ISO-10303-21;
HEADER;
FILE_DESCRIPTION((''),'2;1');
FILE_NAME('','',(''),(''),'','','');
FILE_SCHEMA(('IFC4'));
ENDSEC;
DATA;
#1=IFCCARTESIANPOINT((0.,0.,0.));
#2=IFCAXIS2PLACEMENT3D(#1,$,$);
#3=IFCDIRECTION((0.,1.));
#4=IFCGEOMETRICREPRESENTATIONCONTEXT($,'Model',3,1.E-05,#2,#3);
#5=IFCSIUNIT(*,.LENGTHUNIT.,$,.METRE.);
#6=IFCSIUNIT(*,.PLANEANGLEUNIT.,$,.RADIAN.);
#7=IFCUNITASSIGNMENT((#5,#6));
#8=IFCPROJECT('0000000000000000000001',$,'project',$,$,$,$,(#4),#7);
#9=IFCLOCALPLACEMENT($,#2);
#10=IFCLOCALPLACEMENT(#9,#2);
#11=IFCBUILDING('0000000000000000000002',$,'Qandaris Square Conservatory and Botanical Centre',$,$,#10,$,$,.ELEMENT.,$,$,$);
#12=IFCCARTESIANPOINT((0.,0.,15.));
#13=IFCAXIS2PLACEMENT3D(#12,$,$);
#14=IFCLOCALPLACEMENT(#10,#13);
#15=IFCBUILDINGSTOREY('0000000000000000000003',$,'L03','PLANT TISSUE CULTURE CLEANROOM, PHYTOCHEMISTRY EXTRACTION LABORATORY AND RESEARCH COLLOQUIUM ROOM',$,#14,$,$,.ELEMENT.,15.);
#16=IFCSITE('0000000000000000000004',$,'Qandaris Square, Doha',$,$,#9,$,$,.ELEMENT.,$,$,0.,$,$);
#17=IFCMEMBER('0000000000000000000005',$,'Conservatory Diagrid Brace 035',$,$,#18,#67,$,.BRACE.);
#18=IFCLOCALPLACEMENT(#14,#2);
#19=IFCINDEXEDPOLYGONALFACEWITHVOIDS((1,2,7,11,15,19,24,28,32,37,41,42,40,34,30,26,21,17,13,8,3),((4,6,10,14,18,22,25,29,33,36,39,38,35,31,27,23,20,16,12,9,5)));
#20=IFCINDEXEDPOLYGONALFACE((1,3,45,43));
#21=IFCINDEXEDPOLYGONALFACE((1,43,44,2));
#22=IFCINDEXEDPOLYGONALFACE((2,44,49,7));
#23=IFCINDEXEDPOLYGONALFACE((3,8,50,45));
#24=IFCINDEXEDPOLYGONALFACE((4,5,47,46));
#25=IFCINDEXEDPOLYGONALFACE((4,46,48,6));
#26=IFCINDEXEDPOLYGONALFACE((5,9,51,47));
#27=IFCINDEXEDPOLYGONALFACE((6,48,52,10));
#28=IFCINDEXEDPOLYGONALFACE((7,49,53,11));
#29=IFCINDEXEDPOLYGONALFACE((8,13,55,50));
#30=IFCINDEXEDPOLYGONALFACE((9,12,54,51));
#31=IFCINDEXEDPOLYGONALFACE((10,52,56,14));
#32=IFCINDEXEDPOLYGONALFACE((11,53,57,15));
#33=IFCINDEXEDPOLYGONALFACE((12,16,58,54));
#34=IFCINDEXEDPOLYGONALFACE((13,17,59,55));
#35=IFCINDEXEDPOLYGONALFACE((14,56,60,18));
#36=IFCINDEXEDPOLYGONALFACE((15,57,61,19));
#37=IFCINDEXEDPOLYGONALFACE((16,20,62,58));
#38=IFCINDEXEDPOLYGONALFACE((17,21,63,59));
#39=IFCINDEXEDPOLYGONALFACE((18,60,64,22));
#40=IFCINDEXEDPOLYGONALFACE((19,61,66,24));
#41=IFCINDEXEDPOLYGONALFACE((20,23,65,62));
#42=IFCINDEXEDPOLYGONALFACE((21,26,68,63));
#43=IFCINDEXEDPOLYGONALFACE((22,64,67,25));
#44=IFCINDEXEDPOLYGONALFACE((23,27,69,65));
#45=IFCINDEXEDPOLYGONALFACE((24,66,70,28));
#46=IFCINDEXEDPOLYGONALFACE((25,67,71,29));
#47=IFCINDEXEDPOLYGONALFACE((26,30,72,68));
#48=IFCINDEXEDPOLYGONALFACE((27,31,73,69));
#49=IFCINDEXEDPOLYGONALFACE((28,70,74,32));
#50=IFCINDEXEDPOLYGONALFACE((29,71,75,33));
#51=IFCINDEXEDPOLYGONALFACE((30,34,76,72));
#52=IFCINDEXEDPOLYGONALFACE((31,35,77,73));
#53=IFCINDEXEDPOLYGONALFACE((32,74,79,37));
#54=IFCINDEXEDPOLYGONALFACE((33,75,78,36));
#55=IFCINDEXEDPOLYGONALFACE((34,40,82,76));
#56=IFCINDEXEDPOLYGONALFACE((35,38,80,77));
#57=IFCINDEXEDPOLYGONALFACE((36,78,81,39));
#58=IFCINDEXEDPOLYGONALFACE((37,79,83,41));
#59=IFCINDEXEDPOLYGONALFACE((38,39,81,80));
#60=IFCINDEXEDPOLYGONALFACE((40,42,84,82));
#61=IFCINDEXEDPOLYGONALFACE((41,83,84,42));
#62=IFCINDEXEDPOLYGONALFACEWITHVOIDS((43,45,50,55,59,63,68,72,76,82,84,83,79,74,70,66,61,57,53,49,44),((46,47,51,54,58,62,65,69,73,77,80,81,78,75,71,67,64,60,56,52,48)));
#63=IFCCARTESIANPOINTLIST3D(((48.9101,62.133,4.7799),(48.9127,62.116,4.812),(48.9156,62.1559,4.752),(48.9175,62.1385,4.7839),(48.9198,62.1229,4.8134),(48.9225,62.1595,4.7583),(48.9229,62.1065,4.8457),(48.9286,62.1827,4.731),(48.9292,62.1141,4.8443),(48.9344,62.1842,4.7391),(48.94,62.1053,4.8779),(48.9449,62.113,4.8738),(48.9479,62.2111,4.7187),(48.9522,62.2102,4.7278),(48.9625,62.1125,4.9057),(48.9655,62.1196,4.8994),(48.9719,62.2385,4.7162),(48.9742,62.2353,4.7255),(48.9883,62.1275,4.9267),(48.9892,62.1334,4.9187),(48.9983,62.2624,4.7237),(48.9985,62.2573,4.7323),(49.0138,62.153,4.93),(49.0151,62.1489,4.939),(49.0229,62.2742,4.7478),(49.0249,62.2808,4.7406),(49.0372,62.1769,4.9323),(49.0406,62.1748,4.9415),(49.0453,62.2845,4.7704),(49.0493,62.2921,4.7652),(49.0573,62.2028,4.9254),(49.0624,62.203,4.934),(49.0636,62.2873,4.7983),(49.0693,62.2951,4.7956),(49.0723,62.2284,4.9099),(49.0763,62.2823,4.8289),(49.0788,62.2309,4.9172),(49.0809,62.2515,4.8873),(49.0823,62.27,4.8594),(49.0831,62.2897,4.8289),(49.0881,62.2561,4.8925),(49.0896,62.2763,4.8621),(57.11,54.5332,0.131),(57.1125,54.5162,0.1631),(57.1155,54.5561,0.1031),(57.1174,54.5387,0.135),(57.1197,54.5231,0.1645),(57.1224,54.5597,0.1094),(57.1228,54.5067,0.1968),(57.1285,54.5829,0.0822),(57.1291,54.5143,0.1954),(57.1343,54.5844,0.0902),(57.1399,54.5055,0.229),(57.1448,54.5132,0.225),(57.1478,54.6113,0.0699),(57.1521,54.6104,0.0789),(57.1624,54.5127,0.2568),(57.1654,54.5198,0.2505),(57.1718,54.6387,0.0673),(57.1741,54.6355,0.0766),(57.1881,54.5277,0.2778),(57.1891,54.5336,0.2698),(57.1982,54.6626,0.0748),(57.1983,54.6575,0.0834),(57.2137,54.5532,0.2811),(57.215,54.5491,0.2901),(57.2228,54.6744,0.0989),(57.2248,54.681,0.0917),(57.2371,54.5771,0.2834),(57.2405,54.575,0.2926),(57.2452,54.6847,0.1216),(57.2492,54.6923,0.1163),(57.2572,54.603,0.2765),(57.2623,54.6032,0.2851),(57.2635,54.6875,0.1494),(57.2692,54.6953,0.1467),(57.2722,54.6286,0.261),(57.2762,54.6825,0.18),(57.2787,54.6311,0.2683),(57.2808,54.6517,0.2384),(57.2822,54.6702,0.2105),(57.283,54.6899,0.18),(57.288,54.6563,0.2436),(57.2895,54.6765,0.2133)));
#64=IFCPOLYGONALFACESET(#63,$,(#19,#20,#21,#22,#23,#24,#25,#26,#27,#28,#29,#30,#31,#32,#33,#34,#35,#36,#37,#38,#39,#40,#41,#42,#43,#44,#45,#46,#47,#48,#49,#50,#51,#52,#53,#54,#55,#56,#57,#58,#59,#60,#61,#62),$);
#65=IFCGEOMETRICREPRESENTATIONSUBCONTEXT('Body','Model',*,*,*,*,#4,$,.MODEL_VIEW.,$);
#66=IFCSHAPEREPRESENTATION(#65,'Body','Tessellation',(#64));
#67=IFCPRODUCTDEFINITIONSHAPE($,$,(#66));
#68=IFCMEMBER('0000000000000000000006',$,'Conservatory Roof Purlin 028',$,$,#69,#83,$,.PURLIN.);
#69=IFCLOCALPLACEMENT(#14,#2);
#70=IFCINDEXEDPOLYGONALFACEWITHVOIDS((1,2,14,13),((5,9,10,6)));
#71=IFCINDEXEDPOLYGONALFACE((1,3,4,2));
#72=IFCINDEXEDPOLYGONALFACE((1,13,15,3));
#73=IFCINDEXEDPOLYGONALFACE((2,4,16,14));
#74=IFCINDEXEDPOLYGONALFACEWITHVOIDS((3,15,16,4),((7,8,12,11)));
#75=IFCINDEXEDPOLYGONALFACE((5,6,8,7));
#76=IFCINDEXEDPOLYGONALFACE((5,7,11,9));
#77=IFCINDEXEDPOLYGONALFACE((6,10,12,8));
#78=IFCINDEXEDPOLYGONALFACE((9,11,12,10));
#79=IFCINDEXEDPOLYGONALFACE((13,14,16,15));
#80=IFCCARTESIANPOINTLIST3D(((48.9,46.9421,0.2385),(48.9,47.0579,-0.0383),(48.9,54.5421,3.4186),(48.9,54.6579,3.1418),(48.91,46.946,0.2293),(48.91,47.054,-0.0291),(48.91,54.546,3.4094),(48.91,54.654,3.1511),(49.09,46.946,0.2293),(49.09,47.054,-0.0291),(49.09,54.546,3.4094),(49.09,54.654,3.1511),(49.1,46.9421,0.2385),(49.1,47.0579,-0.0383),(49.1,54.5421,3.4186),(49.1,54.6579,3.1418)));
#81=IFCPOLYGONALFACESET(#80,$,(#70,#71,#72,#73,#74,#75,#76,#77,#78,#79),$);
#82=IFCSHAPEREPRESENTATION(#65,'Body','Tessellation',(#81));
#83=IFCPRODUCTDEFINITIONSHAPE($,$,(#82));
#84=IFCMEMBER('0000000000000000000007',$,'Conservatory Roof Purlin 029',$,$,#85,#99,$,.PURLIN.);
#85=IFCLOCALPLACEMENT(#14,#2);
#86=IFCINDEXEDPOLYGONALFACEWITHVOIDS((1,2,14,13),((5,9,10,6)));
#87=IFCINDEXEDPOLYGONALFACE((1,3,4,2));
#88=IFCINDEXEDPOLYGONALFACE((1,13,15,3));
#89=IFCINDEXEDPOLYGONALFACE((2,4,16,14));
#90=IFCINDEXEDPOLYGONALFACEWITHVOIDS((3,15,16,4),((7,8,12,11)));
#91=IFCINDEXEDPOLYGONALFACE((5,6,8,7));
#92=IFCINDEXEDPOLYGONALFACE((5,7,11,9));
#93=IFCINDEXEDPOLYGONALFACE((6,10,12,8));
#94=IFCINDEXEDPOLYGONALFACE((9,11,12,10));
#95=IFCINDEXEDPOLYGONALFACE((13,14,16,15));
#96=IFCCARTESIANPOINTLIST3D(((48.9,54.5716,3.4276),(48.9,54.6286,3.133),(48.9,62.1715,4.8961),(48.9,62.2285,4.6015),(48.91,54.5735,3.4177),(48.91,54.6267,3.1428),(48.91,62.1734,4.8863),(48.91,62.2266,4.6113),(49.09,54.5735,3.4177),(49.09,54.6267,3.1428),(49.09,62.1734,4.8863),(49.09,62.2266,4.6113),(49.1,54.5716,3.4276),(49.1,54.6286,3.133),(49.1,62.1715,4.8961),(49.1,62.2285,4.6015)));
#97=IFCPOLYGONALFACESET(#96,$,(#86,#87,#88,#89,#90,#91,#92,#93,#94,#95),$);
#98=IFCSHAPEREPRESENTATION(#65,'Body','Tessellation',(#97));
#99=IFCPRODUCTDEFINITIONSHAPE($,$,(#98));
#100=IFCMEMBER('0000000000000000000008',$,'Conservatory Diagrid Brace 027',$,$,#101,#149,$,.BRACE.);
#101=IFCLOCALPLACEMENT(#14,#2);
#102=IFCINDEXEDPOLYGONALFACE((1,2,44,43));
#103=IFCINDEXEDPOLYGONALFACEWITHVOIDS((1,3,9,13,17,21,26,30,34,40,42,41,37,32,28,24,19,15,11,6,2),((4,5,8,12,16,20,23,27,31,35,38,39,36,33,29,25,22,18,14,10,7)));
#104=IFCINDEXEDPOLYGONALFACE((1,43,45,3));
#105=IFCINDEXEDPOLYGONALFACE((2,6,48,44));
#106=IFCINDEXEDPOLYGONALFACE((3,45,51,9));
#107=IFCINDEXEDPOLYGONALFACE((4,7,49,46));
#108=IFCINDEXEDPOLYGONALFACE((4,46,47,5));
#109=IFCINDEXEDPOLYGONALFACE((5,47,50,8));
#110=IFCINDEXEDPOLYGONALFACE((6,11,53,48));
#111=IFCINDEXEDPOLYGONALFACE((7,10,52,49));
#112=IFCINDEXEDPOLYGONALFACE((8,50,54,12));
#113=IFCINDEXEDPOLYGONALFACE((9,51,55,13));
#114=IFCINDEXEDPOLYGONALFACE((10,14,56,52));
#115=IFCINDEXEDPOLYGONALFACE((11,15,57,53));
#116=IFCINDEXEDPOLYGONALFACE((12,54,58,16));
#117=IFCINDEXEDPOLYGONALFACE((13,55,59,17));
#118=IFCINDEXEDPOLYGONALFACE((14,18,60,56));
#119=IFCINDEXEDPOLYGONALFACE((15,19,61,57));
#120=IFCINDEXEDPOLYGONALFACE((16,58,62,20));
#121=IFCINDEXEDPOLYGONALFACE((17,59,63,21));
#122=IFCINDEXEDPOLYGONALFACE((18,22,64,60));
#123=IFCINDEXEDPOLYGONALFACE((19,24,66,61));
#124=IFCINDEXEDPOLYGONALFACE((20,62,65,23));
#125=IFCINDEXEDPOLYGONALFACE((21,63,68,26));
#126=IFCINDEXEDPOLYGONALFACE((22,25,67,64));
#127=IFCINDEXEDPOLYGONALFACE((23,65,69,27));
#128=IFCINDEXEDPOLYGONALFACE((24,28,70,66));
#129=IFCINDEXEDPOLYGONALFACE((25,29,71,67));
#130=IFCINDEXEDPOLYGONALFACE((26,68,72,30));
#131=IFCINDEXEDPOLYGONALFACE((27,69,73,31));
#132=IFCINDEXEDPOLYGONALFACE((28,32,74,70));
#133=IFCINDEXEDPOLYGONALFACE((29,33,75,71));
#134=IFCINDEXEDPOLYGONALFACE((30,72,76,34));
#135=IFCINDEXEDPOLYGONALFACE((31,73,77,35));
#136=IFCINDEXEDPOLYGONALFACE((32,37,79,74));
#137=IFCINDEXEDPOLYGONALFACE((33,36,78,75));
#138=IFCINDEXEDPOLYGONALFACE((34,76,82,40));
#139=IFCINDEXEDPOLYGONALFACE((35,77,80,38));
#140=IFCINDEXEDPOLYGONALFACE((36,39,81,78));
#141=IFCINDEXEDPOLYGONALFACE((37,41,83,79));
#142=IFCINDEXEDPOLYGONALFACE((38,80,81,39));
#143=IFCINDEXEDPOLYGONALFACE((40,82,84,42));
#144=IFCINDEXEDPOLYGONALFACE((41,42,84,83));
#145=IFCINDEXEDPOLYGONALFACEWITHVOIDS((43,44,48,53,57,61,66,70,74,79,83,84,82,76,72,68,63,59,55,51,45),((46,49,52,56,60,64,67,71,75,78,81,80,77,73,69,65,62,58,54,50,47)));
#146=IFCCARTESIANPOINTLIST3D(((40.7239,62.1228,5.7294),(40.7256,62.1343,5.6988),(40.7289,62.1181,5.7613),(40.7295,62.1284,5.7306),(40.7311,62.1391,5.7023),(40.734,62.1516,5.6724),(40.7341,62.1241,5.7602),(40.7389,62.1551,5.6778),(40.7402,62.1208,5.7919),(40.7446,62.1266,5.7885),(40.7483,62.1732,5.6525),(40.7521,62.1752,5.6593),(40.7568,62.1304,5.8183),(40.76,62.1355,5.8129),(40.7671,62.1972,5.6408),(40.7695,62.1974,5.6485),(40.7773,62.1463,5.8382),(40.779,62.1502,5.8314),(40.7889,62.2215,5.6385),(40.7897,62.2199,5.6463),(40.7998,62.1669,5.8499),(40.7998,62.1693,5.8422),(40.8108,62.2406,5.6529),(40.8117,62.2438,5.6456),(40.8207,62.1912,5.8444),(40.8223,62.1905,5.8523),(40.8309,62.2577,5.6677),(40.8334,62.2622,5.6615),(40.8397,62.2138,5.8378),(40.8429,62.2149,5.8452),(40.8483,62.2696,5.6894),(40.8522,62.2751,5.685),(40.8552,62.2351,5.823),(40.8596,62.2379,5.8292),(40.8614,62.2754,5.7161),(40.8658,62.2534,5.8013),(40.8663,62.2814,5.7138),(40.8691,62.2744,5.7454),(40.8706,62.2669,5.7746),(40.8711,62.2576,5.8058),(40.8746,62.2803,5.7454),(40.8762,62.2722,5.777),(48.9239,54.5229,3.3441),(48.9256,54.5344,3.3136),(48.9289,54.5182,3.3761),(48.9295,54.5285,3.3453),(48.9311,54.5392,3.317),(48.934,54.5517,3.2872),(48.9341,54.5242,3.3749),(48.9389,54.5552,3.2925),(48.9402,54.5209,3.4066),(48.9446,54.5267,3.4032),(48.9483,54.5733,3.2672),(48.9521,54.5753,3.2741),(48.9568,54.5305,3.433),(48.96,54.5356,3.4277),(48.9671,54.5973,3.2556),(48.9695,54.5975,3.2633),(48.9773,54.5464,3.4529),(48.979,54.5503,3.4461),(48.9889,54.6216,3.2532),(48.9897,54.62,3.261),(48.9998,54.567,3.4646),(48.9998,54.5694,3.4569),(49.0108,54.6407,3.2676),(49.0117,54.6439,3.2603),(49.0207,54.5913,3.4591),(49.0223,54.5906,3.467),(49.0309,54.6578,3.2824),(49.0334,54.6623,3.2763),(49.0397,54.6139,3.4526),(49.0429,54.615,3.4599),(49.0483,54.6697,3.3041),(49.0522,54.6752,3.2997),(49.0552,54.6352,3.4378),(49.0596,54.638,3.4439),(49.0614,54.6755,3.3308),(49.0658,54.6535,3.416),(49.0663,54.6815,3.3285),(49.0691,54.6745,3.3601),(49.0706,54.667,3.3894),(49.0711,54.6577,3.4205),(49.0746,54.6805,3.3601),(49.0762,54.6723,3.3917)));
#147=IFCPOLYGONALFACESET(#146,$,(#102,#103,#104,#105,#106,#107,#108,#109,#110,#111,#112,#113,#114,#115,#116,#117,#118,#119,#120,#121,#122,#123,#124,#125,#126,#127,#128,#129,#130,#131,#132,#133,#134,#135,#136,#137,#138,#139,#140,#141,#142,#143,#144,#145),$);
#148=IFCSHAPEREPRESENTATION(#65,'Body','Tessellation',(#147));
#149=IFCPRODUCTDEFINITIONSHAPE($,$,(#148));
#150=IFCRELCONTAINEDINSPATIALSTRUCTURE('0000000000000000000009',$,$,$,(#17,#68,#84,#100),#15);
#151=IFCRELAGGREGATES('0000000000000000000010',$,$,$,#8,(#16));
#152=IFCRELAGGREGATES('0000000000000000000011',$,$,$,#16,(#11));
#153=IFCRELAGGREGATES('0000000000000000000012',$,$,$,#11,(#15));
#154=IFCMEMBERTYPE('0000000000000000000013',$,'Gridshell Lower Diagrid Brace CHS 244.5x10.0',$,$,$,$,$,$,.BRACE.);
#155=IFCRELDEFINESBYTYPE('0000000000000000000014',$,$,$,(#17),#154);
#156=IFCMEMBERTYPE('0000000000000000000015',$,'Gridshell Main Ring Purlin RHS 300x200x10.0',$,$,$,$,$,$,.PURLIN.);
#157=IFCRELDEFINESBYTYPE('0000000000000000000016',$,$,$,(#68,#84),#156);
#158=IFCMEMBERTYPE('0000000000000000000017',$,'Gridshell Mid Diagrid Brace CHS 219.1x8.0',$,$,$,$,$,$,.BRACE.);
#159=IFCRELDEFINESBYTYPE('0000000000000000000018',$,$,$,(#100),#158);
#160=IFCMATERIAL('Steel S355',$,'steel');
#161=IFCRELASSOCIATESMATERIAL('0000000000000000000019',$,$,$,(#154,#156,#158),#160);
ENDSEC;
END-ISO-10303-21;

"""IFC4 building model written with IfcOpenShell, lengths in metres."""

from ifc_helpers import new_model, si_unit, direction, frame, origin, origin_2d, place, context, subcontext, project, spatial, hollow_rectangle, hollow_circle, extrude, material, material_profile, profile_set, type_object, element, save


model = new_model("IFC4")

# Units and contexts
model_context = context("Model", 3, precision=1e-05, world=origin(), true_north=direction((0.0, 1.0)))
body_context = subcontext(model_context, "Body", "Model", "MODEL_VIEW")
ifc_project = project(units=[si_unit("LENGTHUNIT", "METRE"), si_unit("PLANEANGLEUNIT", "RADIAN")], contexts=[model_context])

# Site, building, storey
site_placement = place(None, origin())
site = spatial("IfcSite", under=ifc_project, at=site_placement, Name="Qandaris Square, Doha", CompositionType="ELEMENT", RefElevation=0.0)
building_placement = place(site_placement, origin())
building = spatial("IfcBuilding", under=site, at=building_placement, Name="Qandaris Square Conservatory and Botanical Centre", CompositionType="ELEMENT")
storey_placement = place(building_placement, frame((0.0, 0.0, 15.0)))
storey = spatial("IfcBuildingStorey", under=building, at=storey_placement, Name="L03", Description="PLANT TISSUE CULTURE CLEANROOM, PHYTOCHEMISTRY EXTRACTION LABORATORY AND RESEARCH COLLOQUIUM ROOM", CompositionType="ELEMENT", Elevation=15.0)

# Members
ifc_material_1 = material(Name="Steel S355", Category="steel")
ifc_material_profile_1 = material_profile(ifc_material_1, hollow_circle(Radius=0.1223, WallThickness=0.01, at=origin_2d()), Name="CHS 244.5x10.0")
ifc_profile_set_1 = profile_set([ifc_material_profile_1], Name="Steel S355")
member_type_1 = type_object("IfcMemberType", Name="Gridshell Lower Diagrid Brace CHS 244.5x10.0", PredefinedType="BRACE", material=ifc_profile_set_1)
member_1_placement = place(storey_placement, frame((49.0, 62.2, 4.8289), z_axis=(0.677221, -0.62766, -0.383947), x_axis=(0.67976, 0.733435, 0.0)))
element("IfcMember", 1, at=member_1_placement, inside=storey, type_object=member_type_1, Name="Conservatory Diagrid Brace 035", PredefinedType="BRACE", context=body_context, shape_type="SweptSolid", body=[
    extrude(hollow_circle(Radius=0.1223, WallThickness=0.01, at=origin_2d()), origin(), (0.0, 0.0, 1.0), 12.1082),
])
ifc_material_profile_2 = material_profile(ifc_material_1, hollow_rectangle(XDim=0.2, YDim=0.3, WallThickness=0.01, at=origin_2d()), Name="RHS 300x200x10.0")
ifc_profile_set_2 = profile_set([ifc_material_profile_2], Name="Steel S355")
member_type_2 = type_object("IfcMemberType", Name="Gridshell Main Ring Purlin RHS 300x200x10.0", PredefinedType="PURLIN", material=ifc_profile_set_2)
member_2_placement = place(storey_placement, frame((49.0, 47.0, 0.1001), z_axis=(0.0, 0.922495, 0.386008), x_axis=(-1.0, 0.0, 0.0)))
element("IfcMember", 2, at=member_2_placement, inside=storey, type_object=member_type_2, Name="Conservatory Roof Purlin 028", PredefinedType="PURLIN", context=body_context, shape_type="SweptSolid", body=[
    extrude(hollow_rectangle(XDim=0.2, YDim=0.3, WallThickness=0.01, at=origin_2d()), origin(), (0.0, 0.0, 1.0), 8.2385),
])
member_3_placement = place(storey_placement, frame((49.0, 54.6001, 3.2803), z_axis=(0.0, 0.981838, 0.189719), x_axis=(-1.0, 0.0, 0.0)))
element("IfcMember", 3, at=member_3_placement, inside=storey, type_object=member_type_2, Name="Conservatory Roof Purlin 029", PredefinedType="PURLIN", context=body_context, shape_type="SweptSolid", body=[
    extrude(hollow_rectangle(XDim=0.2, YDim=0.3, WallThickness=0.01, at=origin_2d()), origin(), (0.0, 0.0, 1.0), 7.7405),
])
ifc_material_profile_3 = material_profile(ifc_material_1, hollow_circle(Radius=0.1096, WallThickness=0.0081, at=origin_2d()), Name="CHS 219.1x8.0")
ifc_profile_set_3 = profile_set([ifc_material_profile_3], Name="Steel S355")
member_type_3 = type_object("IfcMemberType", Name="Gridshell Mid Diagrid Brace CHS 219.1x8.0", PredefinedType="BRACE", material=ifc_profile_set_3)
member_4_placement = place(storey_placement, frame((40.8, 62.2, 5.7454), z_axis=(0.717292, -0.664798, -0.20865), x_axis=(0.67976, 0.733435, 0.0)))
element("IfcMember", 4, at=member_4_placement, inside=storey, type_object=member_type_3, Name="Conservatory Diagrid Brace 027", PredefinedType="BRACE", context=body_context, shape_type="SweptSolid", body=[
    extrude(hollow_circle(Radius=0.1096, WallThickness=0.0081, at=origin_2d()), origin(), (0.0, 0.0, 1.0), 11.4319),
])

save(model, "model.ifc")
